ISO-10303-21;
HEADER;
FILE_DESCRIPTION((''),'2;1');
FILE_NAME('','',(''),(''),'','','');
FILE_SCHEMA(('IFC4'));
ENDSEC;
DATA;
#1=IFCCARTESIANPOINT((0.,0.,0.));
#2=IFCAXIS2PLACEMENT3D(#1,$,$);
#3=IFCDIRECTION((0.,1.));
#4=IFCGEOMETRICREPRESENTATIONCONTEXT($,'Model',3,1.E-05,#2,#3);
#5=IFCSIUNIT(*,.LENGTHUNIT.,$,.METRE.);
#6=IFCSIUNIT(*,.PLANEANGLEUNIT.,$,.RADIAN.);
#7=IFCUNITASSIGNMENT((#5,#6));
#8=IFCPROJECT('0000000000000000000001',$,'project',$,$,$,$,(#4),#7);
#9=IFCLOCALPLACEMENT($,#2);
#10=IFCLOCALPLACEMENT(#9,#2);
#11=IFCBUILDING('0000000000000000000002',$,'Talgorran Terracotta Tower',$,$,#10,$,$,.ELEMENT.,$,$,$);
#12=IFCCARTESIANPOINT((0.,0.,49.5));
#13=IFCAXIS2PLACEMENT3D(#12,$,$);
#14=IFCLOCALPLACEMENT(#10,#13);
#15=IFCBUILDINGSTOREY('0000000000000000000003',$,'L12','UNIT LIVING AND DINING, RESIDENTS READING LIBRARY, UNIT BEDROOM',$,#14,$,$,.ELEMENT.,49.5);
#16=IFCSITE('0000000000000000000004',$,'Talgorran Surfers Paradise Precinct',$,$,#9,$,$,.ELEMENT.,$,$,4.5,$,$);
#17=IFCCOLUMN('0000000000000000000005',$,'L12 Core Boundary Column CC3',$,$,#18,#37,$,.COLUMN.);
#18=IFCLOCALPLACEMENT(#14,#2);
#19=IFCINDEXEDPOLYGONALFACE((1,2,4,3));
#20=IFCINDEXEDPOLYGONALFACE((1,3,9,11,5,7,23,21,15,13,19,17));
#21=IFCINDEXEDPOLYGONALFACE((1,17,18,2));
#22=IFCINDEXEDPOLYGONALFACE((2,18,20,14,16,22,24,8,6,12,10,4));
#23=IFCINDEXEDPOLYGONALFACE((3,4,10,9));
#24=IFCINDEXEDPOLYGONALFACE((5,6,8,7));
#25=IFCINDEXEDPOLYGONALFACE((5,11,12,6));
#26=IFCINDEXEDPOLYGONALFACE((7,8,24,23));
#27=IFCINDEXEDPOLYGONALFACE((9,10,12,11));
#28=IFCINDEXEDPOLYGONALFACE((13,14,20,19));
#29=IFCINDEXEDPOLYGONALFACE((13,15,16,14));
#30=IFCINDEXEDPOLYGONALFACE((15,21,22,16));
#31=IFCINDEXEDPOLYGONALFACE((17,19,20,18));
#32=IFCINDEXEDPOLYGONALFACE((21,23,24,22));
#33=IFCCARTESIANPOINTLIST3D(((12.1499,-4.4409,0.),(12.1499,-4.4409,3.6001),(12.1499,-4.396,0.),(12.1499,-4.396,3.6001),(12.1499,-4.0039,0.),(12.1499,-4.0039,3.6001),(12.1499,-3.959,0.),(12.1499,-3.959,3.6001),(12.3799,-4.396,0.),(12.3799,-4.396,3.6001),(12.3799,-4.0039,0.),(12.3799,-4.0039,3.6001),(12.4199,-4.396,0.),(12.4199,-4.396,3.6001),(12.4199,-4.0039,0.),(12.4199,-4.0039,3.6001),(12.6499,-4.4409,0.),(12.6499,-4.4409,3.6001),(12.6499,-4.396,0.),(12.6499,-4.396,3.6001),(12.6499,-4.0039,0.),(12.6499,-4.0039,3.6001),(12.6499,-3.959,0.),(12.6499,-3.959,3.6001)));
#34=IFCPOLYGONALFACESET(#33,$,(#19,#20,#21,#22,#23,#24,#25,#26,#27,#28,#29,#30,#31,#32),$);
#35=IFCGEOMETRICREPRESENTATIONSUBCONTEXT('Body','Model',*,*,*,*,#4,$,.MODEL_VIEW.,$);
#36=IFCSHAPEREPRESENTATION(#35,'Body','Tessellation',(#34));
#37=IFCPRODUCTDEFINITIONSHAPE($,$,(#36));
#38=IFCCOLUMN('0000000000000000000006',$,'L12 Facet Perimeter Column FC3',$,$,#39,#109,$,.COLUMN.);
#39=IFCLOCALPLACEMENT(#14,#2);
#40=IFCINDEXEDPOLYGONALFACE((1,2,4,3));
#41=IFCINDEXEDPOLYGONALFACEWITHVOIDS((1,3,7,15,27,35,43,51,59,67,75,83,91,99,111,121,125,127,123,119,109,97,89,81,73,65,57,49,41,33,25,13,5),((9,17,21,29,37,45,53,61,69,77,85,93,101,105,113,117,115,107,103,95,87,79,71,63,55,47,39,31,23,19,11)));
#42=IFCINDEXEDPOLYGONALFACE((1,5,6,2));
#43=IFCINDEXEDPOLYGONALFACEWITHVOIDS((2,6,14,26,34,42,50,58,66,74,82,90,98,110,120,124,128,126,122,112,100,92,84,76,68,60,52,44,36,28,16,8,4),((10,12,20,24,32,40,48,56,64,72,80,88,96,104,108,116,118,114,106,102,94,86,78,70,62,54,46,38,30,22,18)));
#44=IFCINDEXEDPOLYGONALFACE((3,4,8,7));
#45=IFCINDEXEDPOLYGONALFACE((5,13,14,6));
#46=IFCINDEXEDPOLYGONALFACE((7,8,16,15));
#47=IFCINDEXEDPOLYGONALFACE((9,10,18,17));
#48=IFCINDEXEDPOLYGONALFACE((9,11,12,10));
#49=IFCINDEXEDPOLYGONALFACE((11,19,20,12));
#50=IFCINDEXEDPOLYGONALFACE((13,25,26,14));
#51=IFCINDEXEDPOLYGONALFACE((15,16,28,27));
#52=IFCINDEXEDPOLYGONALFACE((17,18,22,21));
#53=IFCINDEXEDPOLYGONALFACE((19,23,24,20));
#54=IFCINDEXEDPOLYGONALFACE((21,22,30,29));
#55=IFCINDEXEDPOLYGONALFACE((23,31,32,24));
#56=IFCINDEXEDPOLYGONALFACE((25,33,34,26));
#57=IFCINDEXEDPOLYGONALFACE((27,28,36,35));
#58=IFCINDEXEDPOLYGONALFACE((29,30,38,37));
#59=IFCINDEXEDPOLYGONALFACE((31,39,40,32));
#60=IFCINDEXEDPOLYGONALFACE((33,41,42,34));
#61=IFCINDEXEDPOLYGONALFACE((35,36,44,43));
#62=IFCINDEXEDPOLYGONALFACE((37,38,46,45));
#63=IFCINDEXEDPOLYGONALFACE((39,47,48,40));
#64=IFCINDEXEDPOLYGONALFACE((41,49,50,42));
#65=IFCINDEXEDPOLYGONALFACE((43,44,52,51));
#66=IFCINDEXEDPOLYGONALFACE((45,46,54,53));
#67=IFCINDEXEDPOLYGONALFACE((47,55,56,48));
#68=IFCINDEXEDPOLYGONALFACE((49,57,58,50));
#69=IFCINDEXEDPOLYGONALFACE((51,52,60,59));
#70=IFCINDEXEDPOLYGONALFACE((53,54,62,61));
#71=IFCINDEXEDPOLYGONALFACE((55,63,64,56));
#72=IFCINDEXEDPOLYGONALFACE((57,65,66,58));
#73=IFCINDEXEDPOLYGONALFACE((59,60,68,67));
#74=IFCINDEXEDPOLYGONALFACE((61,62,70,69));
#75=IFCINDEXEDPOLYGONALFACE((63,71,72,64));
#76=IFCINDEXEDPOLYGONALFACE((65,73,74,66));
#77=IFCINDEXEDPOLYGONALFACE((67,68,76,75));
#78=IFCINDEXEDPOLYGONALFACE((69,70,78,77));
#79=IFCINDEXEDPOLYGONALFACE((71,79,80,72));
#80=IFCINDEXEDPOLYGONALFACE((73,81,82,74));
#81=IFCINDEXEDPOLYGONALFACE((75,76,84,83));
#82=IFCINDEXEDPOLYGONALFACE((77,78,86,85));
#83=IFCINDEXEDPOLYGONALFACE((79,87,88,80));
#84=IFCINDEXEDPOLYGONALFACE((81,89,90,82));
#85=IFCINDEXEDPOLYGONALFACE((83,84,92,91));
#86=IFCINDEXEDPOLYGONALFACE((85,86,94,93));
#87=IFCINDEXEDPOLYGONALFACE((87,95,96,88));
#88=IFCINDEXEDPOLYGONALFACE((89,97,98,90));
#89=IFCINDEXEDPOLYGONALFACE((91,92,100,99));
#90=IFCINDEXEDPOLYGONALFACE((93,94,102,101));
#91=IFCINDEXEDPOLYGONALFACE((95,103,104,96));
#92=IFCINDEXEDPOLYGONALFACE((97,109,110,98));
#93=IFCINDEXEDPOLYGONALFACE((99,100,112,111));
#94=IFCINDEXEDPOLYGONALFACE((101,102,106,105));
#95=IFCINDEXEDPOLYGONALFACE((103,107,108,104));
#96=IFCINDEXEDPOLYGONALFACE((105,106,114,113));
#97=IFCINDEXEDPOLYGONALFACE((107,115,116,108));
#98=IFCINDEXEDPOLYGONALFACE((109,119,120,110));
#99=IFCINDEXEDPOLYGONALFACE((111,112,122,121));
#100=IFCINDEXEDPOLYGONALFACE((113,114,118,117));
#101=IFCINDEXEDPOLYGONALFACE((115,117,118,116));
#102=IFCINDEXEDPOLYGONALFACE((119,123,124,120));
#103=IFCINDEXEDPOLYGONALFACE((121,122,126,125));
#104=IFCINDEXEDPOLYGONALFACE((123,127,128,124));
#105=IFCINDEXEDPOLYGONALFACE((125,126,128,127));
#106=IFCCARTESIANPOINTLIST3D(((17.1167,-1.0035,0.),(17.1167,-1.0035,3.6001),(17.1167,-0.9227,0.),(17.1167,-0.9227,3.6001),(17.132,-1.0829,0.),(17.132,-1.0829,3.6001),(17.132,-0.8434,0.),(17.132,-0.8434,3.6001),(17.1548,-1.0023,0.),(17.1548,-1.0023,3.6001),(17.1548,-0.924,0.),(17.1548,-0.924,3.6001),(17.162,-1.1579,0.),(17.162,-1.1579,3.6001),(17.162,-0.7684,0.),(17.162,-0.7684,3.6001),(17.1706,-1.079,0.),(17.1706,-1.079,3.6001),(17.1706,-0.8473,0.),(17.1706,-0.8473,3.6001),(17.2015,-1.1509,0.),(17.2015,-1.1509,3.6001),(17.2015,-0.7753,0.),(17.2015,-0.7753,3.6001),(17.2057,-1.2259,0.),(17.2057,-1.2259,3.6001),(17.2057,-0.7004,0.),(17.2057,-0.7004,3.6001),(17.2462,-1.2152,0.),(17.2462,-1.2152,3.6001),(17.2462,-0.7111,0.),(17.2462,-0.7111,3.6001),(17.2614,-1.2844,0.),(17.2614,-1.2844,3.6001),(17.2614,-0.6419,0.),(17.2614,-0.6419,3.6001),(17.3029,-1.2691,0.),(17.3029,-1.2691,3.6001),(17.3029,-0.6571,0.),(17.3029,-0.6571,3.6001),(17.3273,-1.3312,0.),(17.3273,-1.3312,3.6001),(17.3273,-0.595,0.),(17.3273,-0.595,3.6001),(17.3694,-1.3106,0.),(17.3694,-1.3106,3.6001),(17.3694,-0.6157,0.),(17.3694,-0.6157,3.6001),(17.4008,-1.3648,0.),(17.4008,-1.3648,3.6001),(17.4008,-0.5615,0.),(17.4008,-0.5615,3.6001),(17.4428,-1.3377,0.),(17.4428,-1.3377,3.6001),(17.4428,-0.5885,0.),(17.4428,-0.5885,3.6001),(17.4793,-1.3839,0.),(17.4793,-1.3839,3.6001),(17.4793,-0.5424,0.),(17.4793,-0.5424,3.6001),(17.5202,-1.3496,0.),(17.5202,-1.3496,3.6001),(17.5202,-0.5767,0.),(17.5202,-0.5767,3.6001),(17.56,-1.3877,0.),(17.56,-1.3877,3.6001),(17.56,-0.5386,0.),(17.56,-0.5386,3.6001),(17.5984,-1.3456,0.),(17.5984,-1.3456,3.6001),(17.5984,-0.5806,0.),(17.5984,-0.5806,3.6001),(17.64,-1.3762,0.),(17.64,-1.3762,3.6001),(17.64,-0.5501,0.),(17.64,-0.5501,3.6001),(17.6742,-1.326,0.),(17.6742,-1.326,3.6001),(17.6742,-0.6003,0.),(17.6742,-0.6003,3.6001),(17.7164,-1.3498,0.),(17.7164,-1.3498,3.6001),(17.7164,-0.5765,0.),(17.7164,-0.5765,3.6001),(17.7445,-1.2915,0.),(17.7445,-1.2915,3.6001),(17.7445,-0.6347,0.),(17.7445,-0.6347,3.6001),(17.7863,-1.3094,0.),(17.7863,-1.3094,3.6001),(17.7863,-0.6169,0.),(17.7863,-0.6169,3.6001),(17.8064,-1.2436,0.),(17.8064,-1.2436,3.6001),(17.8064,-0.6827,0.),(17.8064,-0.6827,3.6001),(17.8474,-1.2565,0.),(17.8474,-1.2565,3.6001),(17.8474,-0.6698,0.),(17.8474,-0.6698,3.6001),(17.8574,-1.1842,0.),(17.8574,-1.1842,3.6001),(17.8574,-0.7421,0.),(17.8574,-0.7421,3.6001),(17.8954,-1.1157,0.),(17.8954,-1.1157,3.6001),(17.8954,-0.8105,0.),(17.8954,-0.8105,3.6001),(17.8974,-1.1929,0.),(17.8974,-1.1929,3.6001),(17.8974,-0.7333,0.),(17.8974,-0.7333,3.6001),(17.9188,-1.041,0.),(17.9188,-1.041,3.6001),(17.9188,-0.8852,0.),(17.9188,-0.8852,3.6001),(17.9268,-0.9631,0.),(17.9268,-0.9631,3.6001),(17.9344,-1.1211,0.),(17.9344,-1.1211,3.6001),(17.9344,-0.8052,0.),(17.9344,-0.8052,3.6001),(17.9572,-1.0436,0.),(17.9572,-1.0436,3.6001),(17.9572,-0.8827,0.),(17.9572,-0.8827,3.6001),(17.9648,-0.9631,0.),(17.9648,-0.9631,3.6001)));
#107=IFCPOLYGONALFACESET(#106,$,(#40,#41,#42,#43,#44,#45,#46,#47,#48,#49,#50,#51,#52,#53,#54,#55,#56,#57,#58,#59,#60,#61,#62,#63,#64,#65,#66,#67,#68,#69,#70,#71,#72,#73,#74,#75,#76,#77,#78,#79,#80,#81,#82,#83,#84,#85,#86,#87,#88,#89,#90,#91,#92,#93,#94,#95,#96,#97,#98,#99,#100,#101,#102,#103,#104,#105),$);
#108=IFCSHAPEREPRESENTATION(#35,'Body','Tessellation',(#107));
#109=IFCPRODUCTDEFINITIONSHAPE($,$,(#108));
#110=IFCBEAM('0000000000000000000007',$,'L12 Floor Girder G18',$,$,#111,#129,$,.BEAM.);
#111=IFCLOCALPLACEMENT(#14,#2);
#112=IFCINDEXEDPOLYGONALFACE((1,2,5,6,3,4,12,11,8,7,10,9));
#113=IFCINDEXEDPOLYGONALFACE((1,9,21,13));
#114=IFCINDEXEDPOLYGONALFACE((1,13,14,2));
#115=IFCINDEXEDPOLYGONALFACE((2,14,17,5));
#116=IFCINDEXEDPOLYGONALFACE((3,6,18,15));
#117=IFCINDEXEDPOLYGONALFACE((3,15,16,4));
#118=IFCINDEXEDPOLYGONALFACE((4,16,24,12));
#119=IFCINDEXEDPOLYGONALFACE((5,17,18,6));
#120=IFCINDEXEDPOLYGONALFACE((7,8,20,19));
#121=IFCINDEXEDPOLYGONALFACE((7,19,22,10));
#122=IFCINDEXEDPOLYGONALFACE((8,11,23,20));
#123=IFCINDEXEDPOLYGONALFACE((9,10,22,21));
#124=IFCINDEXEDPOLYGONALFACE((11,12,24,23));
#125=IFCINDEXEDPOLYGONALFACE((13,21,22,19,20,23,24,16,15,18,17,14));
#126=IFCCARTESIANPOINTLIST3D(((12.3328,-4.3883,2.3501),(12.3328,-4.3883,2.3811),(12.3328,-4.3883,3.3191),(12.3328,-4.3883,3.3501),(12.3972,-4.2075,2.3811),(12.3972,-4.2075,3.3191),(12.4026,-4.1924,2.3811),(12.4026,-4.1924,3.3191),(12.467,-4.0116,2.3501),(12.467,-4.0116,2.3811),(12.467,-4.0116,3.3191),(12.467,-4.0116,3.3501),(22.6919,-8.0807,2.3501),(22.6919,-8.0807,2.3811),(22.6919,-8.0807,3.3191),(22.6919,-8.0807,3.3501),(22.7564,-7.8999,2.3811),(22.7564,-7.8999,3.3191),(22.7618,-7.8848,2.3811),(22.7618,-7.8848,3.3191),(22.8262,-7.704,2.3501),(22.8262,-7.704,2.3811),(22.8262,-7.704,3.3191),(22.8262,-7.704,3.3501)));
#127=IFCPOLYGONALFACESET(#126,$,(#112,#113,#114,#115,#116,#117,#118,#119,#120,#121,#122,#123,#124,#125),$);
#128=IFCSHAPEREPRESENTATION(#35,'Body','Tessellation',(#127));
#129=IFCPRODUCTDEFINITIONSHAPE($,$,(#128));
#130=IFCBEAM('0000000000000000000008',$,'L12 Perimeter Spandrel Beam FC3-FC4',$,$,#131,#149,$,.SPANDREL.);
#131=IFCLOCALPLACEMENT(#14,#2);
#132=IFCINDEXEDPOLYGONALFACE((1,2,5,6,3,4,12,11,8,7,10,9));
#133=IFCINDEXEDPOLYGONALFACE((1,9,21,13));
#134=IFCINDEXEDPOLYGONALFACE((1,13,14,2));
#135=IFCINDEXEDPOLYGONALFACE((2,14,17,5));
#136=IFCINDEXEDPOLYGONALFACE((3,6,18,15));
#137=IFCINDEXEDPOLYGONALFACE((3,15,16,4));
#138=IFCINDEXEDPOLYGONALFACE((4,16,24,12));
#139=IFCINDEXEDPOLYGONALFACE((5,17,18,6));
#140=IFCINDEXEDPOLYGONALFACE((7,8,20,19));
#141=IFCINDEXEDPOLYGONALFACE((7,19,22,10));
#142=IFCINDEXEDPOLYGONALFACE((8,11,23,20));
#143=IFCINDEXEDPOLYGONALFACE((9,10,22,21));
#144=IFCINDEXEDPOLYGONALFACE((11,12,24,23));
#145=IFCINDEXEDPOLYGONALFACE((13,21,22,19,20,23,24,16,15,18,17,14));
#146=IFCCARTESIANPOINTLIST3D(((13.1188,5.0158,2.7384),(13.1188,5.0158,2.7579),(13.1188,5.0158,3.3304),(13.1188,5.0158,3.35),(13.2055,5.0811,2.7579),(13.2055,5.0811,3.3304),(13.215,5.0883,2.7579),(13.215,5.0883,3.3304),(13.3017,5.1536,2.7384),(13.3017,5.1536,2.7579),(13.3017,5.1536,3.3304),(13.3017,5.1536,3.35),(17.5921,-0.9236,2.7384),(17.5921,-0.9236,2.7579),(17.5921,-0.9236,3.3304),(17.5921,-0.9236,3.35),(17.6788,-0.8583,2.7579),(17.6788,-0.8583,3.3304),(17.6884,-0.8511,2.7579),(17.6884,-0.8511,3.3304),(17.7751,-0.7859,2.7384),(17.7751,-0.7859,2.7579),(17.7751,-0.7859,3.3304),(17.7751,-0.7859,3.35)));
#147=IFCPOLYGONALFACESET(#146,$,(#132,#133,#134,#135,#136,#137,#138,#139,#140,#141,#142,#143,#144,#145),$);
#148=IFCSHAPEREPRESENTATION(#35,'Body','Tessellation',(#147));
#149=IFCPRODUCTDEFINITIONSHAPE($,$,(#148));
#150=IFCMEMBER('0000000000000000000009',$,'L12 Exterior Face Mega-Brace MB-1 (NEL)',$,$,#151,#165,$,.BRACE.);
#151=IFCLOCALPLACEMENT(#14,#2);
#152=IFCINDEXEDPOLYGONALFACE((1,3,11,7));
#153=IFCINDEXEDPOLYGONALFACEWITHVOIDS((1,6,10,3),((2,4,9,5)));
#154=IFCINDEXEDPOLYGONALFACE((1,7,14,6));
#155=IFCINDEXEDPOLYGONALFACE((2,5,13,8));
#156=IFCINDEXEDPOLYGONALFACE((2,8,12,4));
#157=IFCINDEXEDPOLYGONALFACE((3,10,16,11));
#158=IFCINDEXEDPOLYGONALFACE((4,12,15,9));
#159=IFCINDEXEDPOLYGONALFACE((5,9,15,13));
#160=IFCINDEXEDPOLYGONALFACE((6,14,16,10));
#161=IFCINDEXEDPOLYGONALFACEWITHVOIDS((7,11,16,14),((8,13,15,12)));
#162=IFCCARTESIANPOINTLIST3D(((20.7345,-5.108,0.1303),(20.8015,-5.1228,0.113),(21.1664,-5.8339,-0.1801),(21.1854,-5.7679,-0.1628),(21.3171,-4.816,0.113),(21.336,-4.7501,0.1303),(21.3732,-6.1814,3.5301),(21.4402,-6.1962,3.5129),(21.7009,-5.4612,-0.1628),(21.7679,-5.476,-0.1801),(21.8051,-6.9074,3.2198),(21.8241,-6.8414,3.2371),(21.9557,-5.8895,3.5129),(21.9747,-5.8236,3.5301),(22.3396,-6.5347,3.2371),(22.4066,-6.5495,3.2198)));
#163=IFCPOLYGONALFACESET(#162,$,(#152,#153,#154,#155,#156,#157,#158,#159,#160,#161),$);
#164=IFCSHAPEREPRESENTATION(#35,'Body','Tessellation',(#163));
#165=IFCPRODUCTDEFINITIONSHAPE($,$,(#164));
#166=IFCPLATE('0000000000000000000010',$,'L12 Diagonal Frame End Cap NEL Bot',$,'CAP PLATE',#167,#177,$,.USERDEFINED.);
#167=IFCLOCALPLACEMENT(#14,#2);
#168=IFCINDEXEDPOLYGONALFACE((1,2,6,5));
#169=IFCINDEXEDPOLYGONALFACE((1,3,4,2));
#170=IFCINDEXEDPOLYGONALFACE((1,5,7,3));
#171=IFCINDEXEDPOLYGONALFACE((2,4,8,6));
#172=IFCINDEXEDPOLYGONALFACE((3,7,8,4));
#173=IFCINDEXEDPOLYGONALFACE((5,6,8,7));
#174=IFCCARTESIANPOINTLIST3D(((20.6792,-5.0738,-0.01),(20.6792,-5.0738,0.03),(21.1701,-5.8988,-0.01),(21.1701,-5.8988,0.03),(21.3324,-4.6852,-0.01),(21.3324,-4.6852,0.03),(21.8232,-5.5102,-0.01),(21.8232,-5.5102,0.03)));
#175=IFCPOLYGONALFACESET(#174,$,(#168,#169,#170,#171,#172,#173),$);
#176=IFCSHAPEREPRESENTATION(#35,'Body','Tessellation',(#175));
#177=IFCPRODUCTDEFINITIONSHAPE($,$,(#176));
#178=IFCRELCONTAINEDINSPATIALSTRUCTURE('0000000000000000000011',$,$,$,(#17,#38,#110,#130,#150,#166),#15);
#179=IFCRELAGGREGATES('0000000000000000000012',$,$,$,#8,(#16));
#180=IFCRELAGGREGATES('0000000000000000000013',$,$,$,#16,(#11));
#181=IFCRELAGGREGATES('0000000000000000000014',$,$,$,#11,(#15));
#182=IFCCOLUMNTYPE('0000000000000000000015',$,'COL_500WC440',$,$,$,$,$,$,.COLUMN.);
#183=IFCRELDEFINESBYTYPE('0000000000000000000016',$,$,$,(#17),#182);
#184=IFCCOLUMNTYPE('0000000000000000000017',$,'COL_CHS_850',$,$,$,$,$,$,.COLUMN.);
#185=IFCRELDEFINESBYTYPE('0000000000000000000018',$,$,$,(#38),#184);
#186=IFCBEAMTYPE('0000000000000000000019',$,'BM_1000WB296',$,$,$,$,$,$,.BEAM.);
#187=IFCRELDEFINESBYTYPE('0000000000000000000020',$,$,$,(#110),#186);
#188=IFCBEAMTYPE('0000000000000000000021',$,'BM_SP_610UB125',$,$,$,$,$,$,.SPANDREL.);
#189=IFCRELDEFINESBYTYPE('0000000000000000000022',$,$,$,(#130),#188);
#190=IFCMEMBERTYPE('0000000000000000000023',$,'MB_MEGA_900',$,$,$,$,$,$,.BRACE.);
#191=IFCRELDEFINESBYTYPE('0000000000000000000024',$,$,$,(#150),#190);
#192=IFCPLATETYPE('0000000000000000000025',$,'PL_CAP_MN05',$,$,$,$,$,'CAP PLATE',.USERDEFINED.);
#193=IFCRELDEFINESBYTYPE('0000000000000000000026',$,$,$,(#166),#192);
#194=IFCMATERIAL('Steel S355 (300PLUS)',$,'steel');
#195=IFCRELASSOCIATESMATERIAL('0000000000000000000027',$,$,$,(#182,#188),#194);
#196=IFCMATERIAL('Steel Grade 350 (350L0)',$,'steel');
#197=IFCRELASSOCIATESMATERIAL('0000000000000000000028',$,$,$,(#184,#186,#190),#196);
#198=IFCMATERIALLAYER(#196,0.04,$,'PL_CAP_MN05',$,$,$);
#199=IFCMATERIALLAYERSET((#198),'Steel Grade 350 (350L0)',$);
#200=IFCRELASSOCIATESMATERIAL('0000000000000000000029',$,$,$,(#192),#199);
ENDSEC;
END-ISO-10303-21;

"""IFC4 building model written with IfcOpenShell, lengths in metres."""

from ifc_helpers import new_model, si_unit, direction, frame, origin, origin_2d, place, context, subcontext, project, spatial, rectangle, hollow_rectangle, hollow_circle, i_section, extrude, material, layer, layer_set, material_profile, profile_set, type_object, element, save


model = new_model("IFC4")

# Units and contexts
model_context = context("Model", 3, precision=1e-05, world=origin(), true_north=direction((0.0, 1.0)))
body_context = subcontext(model_context, "Body", "Model", "MODEL_VIEW")
ifc_project = project(units=[si_unit("LENGTHUNIT", "METRE"), si_unit("PLANEANGLEUNIT", "RADIAN")], contexts=[model_context])

# Site, building, storey
site_placement = place(None, origin())
site = spatial("IfcSite", under=ifc_project, at=site_placement, Name="Talgorran Surfers Paradise Precinct", CompositionType="ELEMENT", RefElevation=4.5)
building_placement = place(site_placement, origin())
building = spatial("IfcBuilding", under=site, at=building_placement, Name="Talgorran Terracotta Tower", CompositionType="ELEMENT")
storey_placement = place(building_placement, frame((0.0, 0.0, 49.5)))
storey = spatial("IfcBuildingStorey", under=building, at=storey_placement, Name="L12", Description="UNIT LIVING AND DINING, RESIDENTS READING LIBRARY, UNIT BEDROOM", CompositionType="ELEMENT", Elevation=49.5)

# Columns
ifc_material_1 = material(Name="Steel S355 (300PLUS)", Category="steel")
ifc_material_profile_1 = material_profile(ifc_material_1, i_section(OverallWidth=0.5, OverallDepth=0.4819, WebThickness=0.04, FlangeThickness=0.0449, at=origin_2d()), Name="500WC440")
ifc_profile_set_1 = profile_set([ifc_material_profile_1], Name="Steel S355 (300PLUS)")
column_type_1 = type_object("IfcColumnType", Name="COL_500WC440", PredefinedType="COLUMN", material=ifc_profile_set_1)
column_1_placement = place(storey_placement, frame((12.3999, -4.2, 0.0), z_axis=(0.0, 0.0, 1.0), x_axis=(1.0, 0.0, 0.0)))
element("IfcColumn", 1, at=column_1_placement, inside=storey, type_object=column_type_1, Name="L12 Core Boundary Column CC3", PredefinedType="COLUMN", context=body_context, shape_type="SweptSolid", body=[
    extrude(i_section(OverallWidth=0.5, OverallDepth=0.4819, WebThickness=0.04, FlangeThickness=0.0449, at=origin_2d()), origin(), (0.0, 0.0, 1.0), 3.6001),
])
ifc_material_2 = material(Name="Steel Grade 350 (350L0)", Category="steel")
ifc_material_profile_2 = material_profile(ifc_material_2, hollow_circle(Radius=0.425, WallThickness=0.0381, at=origin_2d()), Name="CHS850X38")
ifc_profile_set_2 = profile_set([ifc_material_profile_2], Name="Steel Grade 350 (350L0)")
column_type_2 = type_object("IfcColumnType", Name="COL_CHS_850", PredefinedType="COLUMN", material=ifc_profile_set_2)
column_2_placement = place(storey_placement, frame((17.5398, -0.9631, 0.0), z_axis=(0.0, 0.0, 1.0), x_axis=(1.0, 0.0, 0.0)))
element("IfcColumn", 2, at=column_2_placement, inside=storey, type_object=column_type_2, Name="L12 Facet Perimeter Column FC3", PredefinedType="COLUMN", context=body_context, shape_type="SweptSolid", body=[
    extrude(hollow_circle(Radius=0.425, WallThickness=0.0381, at=origin_2d()), origin(), (0.0, 0.0, 1.0), 3.6001),
])

# Beams
ifc_material_profile_3 = material_profile(ifc_material_2, i_section(OverallWidth=0.3999, OverallDepth=1.0, WebThickness=0.0161, FlangeThickness=0.031, at=origin_2d()), Name="1000WB296")
ifc_profile_set_3 = profile_set([ifc_material_profile_3], Name="Steel Grade 350 (350L0)")
beam_type_1 = type_object("IfcBeamType", Name="BM_1000WB296", PredefinedType="BEAM", material=ifc_profile_set_3)
beam_1_placement = place(storey_placement, frame((12.3999, -4.2, 2.8501), z_axis=(0.941952, -0.335747, 0.0), x_axis=(0.335747, 0.941952, 0.0)))
element("IfcBeam", 3, at=beam_1_placement, inside=storey, type_object=beam_type_1, Name="L12 Floor Girder G18", PredefinedType="BEAM", context=body_context, shape_type="SweptSolid", body=[
    extrude(i_section(OverallWidth=0.3999, OverallDepth=1.0, WebThickness=0.0161, FlangeThickness=0.031, at=origin_2d()), origin(), (0.0, 0.0, 1.0), 10.9976),
])
ifc_material_profile_4 = material_profile(ifc_material_1, i_section(OverallWidth=0.229, OverallDepth=0.6116, WebThickness=0.012, FlangeThickness=0.0195, at=origin_2d()), Name="610UB125")
ifc_profile_set_4 = profile_set([ifc_material_profile_4], Name="Steel S355 (300PLUS)")
beam_type_2 = type_object("IfcBeamType", Name="BM_SP_610UB125", PredefinedType="SPANDREL", material=ifc_profile_set_4)
beam_2_placement = place(storey_placement, frame((17.6836, -0.8547, 3.0442), z_axis=(-0.601617, 0.798785, 0.0), x_axis=(-0.798785, -0.601617, 0.0)))
element("IfcBeam", 4, at=beam_2_placement, inside=storey, type_object=beam_type_2, Name="L12 Perimeter Spandrel Beam FC3-FC4", PredefinedType="SPANDREL", context=body_context, shape_type="SweptSolid", body=[
    extrude(i_section(OverallWidth=0.229, OverallDepth=0.6116, WebThickness=0.012, FlangeThickness=0.0195, at=origin_2d()), origin(), (0.0, 0.0, 1.0), 7.4355),
])

# Member
ifc_material_profile_5 = material_profile(ifc_material_2, hollow_rectangle(XDim=0.7, YDim=0.8999, WallThickness=0.05, at=origin_2d()), Name="WBOX900X700X50")
ifc_profile_set_5 = profile_set([ifc_material_profile_5], Name="Steel Grade 350 (350L0)")
member_type = type_object("IfcMemberType", Name="MB_MEGA_900", PredefinedType="BRACE", material=ifc_profile_set_5)
member_placement = place(storey_placement, frame((21.2512, -5.292, -0.0249), z_axis=(0.176326, -0.296371, 0.938655), x_axis=(0.859401, 0.511302, 0.0)))
element("IfcMember", 5, at=member_placement, inside=storey, type_object=member_type, Name="L12 Exterior Face Mega-Brace MB-1 (NEL)", PredefinedType="BRACE", context=body_context, shape_type="SweptSolid", body=[
    extrude(hollow_rectangle(XDim=0.7, YDim=0.8999, WallThickness=0.05, at=origin_2d()), origin(), (0.0, 0.0, 1.0), 3.6221),
])

# Plate
ifc_layer_1 = layer(ifc_material_2, 0.04, Name="PL_CAP_MN05")
ifc_layer_set_1 = layer_set([ifc_layer_1], Name="Steel Grade 350 (350L0)")
plate_type_1 = type_object("IfcPlateType", Name="PL_CAP_MN05", ElementType="CAP PLATE", PredefinedType="USERDEFINED", material=ifc_layer_set_1)
for number, where, z_axis, x_axis, name in (
    (6, (21.2512, -5.292, -0.01), (0.0, 0.0, 1.0), (0.511293, -0.859406, 0.0), "L12 Diagonal Frame End Cap NEL Bot"),
):
    element("IfcPlate", number, at=place(storey_placement, frame(where, z_axis=z_axis, x_axis=x_axis)), inside=storey, type_object=plate_type_1, Name=name, ObjectType="CAP PLATE", PredefinedType="USERDEFINED", context=body_context, shape_type="SweptSolid", body=[
        extrude(rectangle(XDim=0.96, YDim=0.76, at=origin_2d()), origin(), (0.0, 0.0, 1.0), 0.04),
    ])

save(model, "model.ifc")
